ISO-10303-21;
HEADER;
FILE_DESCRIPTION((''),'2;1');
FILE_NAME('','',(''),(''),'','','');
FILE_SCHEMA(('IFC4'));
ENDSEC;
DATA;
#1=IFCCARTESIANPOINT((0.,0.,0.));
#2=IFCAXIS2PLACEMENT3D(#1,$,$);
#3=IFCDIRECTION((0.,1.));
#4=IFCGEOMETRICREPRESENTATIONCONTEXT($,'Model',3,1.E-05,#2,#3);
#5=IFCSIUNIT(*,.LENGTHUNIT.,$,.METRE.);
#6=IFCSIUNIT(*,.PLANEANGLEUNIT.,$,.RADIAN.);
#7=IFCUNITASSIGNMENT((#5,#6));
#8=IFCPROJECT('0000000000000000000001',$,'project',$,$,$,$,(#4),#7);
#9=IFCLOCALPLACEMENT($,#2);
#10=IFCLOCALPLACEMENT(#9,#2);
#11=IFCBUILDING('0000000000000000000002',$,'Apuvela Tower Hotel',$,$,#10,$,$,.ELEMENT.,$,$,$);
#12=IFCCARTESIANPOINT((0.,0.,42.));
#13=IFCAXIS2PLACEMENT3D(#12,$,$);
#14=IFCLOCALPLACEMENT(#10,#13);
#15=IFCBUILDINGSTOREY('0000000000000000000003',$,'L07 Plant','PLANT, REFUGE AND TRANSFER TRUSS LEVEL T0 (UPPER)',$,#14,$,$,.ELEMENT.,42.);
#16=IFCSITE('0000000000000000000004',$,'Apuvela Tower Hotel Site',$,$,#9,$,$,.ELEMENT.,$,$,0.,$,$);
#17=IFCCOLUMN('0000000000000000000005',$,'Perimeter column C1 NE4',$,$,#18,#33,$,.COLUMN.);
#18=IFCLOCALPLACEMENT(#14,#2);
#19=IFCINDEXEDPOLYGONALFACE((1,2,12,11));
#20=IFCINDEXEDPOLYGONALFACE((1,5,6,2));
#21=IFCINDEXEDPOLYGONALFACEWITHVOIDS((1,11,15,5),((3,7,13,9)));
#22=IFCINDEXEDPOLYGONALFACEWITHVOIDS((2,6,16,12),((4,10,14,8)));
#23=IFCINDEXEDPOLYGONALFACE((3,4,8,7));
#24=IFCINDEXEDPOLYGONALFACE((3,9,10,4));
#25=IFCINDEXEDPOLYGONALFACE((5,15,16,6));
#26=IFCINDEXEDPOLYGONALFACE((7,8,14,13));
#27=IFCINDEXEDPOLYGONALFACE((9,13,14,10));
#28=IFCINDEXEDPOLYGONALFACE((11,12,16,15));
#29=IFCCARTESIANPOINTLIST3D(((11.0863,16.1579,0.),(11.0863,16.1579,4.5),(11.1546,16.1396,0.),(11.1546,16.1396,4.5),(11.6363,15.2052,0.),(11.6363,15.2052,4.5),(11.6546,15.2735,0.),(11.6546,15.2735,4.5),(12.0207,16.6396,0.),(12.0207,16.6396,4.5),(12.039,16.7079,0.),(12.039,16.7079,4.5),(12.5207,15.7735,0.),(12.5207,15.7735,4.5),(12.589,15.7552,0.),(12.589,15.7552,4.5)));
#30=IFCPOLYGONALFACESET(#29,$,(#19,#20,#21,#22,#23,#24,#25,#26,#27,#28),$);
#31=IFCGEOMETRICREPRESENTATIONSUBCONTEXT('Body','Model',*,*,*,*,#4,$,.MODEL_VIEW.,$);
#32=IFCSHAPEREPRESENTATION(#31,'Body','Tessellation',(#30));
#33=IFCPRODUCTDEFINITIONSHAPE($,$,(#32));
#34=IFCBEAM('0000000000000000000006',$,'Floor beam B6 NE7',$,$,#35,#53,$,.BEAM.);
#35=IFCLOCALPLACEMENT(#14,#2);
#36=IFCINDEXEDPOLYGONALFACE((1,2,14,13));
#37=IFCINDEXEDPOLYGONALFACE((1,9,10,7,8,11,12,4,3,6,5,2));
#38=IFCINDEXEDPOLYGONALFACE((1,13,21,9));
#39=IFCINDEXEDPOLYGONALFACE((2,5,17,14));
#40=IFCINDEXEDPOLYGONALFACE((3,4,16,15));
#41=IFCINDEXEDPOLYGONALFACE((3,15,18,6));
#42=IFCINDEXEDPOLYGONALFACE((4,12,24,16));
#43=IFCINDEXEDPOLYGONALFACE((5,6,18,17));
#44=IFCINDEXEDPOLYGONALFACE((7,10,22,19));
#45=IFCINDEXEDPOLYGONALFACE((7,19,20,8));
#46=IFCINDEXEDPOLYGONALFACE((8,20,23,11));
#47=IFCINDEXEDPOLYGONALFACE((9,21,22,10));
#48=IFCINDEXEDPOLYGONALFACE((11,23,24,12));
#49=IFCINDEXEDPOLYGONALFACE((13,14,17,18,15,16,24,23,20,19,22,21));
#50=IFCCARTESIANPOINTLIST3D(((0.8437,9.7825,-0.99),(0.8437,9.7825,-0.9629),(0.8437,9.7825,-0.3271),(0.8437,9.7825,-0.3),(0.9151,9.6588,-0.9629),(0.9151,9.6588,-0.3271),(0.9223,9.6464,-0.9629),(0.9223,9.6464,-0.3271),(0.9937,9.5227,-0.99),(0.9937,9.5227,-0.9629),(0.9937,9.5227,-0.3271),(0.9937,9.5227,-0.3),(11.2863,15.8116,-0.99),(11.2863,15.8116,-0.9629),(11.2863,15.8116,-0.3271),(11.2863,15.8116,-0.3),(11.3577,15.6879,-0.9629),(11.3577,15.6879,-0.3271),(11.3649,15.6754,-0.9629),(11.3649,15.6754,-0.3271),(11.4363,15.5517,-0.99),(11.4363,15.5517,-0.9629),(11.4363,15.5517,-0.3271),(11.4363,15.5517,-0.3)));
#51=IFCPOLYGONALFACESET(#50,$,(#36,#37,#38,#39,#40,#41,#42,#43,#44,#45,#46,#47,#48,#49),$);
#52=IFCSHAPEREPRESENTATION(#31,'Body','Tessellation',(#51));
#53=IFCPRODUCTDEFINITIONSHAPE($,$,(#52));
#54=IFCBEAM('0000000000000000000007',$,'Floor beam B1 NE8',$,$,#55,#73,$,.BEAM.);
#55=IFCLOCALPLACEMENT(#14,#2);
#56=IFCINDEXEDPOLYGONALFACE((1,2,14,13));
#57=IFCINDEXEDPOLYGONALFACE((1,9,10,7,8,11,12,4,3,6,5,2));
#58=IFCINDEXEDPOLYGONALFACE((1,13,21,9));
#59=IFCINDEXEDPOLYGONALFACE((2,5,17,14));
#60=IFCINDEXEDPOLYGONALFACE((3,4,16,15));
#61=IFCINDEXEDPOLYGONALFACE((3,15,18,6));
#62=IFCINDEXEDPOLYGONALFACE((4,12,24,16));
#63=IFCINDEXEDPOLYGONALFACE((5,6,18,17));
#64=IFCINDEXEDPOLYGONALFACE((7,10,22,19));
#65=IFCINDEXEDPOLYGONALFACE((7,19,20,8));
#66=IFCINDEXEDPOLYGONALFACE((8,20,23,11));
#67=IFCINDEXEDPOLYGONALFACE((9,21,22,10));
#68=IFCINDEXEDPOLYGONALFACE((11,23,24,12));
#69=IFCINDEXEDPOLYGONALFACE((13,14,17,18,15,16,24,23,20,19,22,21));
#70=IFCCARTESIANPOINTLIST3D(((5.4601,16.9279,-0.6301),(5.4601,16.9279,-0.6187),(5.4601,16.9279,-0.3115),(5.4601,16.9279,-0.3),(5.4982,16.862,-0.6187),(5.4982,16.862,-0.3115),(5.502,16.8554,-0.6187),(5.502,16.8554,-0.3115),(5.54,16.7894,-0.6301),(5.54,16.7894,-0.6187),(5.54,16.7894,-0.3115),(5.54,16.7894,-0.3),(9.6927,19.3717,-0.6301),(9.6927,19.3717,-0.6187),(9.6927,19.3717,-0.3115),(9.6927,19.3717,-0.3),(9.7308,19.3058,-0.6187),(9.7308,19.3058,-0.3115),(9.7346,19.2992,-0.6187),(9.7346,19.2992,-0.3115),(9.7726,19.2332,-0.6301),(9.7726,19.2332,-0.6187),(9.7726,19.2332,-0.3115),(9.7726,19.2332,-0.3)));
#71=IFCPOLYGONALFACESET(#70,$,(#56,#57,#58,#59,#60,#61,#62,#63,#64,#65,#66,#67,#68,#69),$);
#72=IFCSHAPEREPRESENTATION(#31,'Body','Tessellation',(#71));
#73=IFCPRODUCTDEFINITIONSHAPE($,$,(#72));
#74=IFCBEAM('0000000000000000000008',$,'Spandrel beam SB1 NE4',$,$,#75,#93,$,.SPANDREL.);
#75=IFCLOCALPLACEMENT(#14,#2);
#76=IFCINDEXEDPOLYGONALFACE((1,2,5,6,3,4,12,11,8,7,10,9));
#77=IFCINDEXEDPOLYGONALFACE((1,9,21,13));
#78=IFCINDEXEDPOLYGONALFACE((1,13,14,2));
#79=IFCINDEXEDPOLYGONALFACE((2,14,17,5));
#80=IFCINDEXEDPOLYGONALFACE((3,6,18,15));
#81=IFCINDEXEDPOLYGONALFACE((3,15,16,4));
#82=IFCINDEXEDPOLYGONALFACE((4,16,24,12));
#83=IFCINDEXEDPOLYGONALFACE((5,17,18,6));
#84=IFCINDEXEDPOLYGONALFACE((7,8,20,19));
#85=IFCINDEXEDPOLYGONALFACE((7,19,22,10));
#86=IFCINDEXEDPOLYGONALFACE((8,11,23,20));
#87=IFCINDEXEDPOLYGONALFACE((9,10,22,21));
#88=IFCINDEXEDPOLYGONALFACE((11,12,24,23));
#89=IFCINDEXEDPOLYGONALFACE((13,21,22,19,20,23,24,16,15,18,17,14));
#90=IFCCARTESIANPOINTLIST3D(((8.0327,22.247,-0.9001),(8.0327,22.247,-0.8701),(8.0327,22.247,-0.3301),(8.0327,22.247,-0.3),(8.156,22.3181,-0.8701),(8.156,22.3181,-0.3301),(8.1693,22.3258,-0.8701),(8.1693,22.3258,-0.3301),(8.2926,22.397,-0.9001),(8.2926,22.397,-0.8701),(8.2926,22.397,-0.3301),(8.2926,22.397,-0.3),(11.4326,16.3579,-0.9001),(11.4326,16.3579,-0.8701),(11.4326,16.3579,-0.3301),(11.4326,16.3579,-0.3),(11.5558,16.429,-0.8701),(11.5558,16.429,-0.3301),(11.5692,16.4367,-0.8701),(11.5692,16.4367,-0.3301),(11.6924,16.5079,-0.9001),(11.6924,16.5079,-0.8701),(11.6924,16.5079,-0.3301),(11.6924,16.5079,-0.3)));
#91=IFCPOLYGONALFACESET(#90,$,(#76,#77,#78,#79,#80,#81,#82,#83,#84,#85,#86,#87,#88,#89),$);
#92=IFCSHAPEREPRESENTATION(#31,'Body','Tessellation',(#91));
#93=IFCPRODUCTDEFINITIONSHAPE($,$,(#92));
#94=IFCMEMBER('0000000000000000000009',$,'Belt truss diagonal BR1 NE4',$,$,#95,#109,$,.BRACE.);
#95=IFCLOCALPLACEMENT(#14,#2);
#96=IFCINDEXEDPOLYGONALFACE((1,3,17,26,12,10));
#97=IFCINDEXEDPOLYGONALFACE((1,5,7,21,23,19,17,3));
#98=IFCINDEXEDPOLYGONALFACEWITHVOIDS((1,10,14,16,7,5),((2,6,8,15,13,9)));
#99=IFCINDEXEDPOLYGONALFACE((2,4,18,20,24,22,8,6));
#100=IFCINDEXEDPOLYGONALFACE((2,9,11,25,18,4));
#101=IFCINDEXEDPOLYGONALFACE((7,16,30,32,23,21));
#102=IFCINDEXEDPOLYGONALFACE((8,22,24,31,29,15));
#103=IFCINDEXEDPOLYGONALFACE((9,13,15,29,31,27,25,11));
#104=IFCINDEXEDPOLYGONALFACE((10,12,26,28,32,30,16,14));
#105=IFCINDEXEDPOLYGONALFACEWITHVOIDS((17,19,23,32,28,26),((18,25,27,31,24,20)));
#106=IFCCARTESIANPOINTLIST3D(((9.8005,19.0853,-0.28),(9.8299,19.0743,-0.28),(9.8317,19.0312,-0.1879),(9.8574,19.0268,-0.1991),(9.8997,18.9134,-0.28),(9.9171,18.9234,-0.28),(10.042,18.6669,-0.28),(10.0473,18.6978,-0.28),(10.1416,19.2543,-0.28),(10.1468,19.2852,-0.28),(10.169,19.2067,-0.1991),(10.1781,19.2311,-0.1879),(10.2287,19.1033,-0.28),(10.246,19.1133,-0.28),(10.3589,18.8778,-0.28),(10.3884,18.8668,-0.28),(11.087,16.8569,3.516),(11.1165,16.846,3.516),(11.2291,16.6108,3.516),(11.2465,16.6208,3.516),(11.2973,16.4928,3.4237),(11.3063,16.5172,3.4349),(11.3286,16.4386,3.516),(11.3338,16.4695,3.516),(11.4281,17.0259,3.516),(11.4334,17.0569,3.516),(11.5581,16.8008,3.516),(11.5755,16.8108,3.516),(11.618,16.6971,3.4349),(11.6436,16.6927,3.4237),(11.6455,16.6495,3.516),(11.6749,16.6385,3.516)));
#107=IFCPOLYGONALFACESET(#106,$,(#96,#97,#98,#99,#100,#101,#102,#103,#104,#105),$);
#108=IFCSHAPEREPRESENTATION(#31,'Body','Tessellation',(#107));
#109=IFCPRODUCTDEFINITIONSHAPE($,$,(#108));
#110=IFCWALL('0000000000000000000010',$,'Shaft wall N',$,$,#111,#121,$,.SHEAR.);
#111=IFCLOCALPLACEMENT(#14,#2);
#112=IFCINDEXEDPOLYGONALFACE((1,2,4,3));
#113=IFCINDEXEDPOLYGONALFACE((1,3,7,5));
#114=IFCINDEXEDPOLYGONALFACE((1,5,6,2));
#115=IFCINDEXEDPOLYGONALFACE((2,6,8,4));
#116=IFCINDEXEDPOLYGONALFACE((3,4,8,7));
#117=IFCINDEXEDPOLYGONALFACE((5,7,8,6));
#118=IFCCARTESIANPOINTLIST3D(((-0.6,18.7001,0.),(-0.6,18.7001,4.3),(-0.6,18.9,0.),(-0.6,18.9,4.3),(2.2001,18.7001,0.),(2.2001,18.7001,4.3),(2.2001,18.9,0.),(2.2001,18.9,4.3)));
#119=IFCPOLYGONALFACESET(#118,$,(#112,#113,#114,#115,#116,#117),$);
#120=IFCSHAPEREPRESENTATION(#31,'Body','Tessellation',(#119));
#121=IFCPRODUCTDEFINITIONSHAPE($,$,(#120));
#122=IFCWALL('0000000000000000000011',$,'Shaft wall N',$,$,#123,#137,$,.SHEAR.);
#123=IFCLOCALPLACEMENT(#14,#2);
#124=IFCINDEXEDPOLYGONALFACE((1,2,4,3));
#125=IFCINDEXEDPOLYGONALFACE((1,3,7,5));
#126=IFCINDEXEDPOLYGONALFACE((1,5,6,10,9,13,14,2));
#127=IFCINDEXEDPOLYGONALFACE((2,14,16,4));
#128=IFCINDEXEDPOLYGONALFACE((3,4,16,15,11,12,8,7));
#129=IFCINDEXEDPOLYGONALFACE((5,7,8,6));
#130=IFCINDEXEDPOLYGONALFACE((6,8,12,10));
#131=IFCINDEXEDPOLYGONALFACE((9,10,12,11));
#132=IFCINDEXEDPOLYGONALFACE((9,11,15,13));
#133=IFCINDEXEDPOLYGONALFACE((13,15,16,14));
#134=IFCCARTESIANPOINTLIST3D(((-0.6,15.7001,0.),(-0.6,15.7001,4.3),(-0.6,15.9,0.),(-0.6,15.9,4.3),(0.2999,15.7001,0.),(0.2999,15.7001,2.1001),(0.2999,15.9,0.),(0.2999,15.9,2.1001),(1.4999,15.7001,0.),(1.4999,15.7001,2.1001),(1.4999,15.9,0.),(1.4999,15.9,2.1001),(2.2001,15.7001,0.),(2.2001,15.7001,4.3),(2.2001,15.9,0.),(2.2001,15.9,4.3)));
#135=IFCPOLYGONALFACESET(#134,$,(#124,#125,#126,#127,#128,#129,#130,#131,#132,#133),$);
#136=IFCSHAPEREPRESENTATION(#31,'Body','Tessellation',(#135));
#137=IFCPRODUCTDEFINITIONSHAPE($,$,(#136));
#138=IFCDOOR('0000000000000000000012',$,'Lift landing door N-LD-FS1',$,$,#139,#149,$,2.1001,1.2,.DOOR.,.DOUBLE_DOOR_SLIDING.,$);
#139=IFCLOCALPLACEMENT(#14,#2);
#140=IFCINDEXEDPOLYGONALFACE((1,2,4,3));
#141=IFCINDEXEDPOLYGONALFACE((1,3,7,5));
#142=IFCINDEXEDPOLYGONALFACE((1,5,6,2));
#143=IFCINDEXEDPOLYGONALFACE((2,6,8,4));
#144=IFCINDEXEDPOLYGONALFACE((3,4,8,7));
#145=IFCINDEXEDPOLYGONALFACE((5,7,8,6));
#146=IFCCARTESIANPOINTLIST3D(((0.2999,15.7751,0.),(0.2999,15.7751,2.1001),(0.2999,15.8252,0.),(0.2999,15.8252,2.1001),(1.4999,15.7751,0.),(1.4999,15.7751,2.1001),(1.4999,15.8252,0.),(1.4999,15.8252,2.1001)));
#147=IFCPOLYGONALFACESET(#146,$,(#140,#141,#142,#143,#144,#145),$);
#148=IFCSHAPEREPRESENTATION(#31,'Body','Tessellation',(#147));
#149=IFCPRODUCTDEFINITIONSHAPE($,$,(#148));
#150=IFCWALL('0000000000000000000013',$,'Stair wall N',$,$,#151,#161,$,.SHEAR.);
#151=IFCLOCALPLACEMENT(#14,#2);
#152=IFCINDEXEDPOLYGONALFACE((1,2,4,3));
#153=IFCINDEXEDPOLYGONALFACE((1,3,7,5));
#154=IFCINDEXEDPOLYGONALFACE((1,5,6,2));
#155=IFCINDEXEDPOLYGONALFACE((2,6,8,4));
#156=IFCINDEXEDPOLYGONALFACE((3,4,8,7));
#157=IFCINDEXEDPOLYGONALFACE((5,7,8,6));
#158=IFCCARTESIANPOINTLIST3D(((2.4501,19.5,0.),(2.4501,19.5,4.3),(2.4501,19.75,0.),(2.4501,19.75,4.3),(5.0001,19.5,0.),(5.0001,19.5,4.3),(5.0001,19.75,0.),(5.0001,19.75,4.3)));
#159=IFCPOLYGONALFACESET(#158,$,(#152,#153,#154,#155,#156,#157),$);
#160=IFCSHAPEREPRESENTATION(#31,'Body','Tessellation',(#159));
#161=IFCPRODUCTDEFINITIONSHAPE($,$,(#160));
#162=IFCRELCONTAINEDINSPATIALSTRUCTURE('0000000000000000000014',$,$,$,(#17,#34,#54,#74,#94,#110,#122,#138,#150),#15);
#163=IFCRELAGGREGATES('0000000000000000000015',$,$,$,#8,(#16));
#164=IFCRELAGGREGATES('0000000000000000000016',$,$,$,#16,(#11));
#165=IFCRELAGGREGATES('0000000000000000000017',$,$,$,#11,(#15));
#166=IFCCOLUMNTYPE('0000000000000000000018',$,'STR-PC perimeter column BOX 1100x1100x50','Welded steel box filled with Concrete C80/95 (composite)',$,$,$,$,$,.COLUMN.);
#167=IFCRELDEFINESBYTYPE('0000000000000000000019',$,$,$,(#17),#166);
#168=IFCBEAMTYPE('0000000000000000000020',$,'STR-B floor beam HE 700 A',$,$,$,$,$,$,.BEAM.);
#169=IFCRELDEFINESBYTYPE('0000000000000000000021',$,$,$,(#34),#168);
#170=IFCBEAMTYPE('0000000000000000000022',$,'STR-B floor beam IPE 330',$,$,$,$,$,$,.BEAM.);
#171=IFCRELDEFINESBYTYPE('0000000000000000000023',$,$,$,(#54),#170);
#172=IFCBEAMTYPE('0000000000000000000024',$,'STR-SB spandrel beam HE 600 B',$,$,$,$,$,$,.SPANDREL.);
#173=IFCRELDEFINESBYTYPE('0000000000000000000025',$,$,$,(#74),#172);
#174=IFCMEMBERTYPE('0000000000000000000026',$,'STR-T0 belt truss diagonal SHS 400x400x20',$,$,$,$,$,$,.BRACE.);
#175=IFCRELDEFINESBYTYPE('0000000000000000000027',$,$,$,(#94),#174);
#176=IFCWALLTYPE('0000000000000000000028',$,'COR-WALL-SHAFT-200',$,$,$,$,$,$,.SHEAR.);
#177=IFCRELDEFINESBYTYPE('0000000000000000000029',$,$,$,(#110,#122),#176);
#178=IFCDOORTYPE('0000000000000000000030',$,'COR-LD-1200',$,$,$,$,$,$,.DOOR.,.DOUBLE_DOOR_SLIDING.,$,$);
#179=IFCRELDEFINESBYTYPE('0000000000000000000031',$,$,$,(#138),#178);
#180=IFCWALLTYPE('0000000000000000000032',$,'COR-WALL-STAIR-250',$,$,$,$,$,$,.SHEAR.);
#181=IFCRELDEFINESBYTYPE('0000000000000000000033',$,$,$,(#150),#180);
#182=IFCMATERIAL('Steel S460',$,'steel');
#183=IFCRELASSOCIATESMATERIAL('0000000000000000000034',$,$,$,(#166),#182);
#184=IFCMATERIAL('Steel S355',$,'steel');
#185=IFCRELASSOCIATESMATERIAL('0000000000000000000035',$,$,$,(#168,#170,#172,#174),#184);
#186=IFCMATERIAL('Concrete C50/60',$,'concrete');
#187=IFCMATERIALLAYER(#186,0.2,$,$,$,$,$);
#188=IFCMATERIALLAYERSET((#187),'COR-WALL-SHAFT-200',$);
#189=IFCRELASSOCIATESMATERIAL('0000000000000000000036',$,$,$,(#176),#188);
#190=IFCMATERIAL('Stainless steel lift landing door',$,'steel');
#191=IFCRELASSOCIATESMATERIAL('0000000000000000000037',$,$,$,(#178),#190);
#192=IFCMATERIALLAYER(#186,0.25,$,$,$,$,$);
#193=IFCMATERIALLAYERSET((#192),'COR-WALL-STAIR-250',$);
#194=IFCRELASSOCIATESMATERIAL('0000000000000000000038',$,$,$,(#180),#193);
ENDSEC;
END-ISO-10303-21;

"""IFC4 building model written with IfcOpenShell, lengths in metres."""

from ifc_helpers import new_model, si_unit, direction, frame, frame_2d, origin, origin_2d, place, context, subcontext, project, spatial, rectangle, hollow_rectangle, i_section, extrude, boolean, halfspace, material, layer, layer_set, material_profile, profile_set, type_object, element, fill, save


model = new_model("IFC4")

# Units and contexts
model_context = context("Model", 3, precision=1e-05, world=origin(), true_north=direction((0.0, 1.0)))
body_context = subcontext(model_context, "Body", "Model", "MODEL_VIEW")
ifc_project = project(units=[si_unit("LENGTHUNIT", "METRE"), si_unit("PLANEANGLEUNIT", "RADIAN")], contexts=[model_context])

# Site, building, storey
site_placement = place(None, origin())
site = spatial("IfcSite", under=ifc_project, at=site_placement, Name="Apuvela Tower Hotel Site", CompositionType="ELEMENT", RefElevation=0.0)
building_placement = place(site_placement, origin())
building = spatial("IfcBuilding", under=site, at=building_placement, Name="Apuvela Tower Hotel", CompositionType="ELEMENT")
storey_placement = place(building_placement, frame((0.0, 0.0, 42.0)))
storey = spatial("IfcBuildingStorey", under=building, at=storey_placement, Name="L07 Plant", Description="PLANT, REFUGE AND TRANSFER TRUSS LEVEL T0 (UPPER)", CompositionType="ELEMENT", Elevation=42.0)

# Column
ifc_material_1 = material(Name="Steel S460", Category="steel")
ifc_material_profile_1 = material_profile(ifc_material_1, hollow_rectangle(XDim=1.1001, YDim=1.1001, WallThickness=0.05, at=origin_2d()), Name="BOX 1100x1100x50")
ifc_material_2 = material(Name="Concrete C80/95", Category="concrete")
ifc_material_profile_2 = material_profile(ifc_material_2, rectangle(XDim=1.0, YDim=1.0, at=origin_2d()), Name="Concrete C80/95 infill")
ifc_profile_set_1 = profile_set([ifc_material_profile_1, ifc_material_profile_2], Name="Steel S460")
column_type = type_object("IfcColumnType", Name="STR-PC perimeter column BOX 1100x1100x50", Description="Welded steel box filled with Concrete C80/95 (composite)", PredefinedType="COLUMN", material=ifc_profile_set_1)
column_placement = place(storey_placement, frame((11.8376, 15.9565, 0.0), z_axis=(0.0, 0.0, 1.0), x_axis=(-0.5, 0.866025, 0.0)))
element("IfcColumn", 1, at=column_placement, inside=storey, type_object=column_type, Name="Perimeter column C1 NE4", PredefinedType="COLUMN", context=body_context, shape_type="SweptSolid", body=[
    extrude(hollow_rectangle(XDim=1.1001, YDim=1.1001, WallThickness=0.05, at=origin_2d()), origin(), (0.0, 0.0, 1.0), 4.5),
])

# Beams
ifc_material_3 = material(Name="Steel S355", Category="steel")
ifc_material_profile_3 = material_profile(ifc_material_3, i_section(OverallWidth=0.3, OverallDepth=0.6899, WebThickness=0.0144, FlangeThickness=0.0271, at=origin_2d()), Name="HE 700 A")
ifc_profile_set_2 = profile_set([ifc_material_profile_3], Name="Steel S355")
beam_type_1 = type_object("IfcBeamType", Name="STR-B floor beam HE 700 A", PredefinedType="BEAM", material=ifc_profile_set_2)
beam_1_placement = place(storey_placement, frame((11.3613, 15.6816, -0.645), z_axis=(-0.866025, -0.5, 0.0), x_axis=(0.5, -0.866025, 0.0)))
element("IfcBeam", 2, at=beam_1_placement, inside=storey, type_object=beam_type_1, Name="Floor beam B6 NE7", PredefinedType="BEAM", context=body_context, shape_type="SweptSolid", body=[
    extrude(i_section(OverallWidth=0.3, OverallDepth=0.6899, WebThickness=0.0144, FlangeThickness=0.0271, at=origin_2d()), origin(), (0.0, 0.0, 1.0), 12.0581),
])
ifc_material_profile_4 = material_profile(ifc_material_3, i_section(OverallWidth=0.1599, OverallDepth=0.3301, WebThickness=0.0076, FlangeThickness=0.0115, at=origin_2d()), Name="IPE 330")
ifc_profile_set_3 = profile_set([ifc_material_profile_4], Name="Steel S355")
beam_type_2 = type_object("IfcBeamType", Name="STR-B floor beam IPE 330", PredefinedType="BEAM", material=ifc_profile_set_3)
beam_2_placement = place(storey_placement, frame((9.7327, 19.3025, -0.4651), z_axis=(-0.866015, -0.500018, 0.0), x_axis=(0.500018, -0.866015, 0.0)))
element("IfcBeam", 3, at=beam_2_placement, inside=storey, type_object=beam_type_2, Name="Floor beam B1 NE8", PredefinedType="BEAM", context=body_context, shape_type="SweptSolid", body=[
    extrude(i_section(OverallWidth=0.1599, OverallDepth=0.3301, WebThickness=0.0076, FlangeThickness=0.0115, at=origin_2d()), origin(), (0.0, 0.0, 1.0), 4.8875),
])
ifc_material_profile_5 = material_profile(ifc_material_3, i_section(OverallWidth=0.3, OverallDepth=0.6001, WebThickness=0.0154, FlangeThickness=0.03, at=origin_2d()), Name="HE 600 B")
ifc_profile_set_4 = profile_set([ifc_material_profile_5], Name="Steel S355")
beam_type_3 = type_object("IfcBeamType", Name="STR-SB spandrel beam HE 600 B", PredefinedType="SPANDREL", material=ifc_profile_set_4)
beam_3_placement = place(storey_placement, frame((11.5625, 16.4329, -0.6001), z_axis=(-0.499977, 0.866039, 0.0), x_axis=(-0.866039, -0.499977, 0.0)))
element("IfcBeam", 4, at=beam_3_placement, inside=storey, type_object=beam_type_3, Name="Spandrel beam SB1 NE4", PredefinedType="SPANDREL", context=body_context, shape_type="SweptSolid", body=[
    extrude(i_section(OverallWidth=0.3, OverallDepth=0.6001, WebThickness=0.0154, FlangeThickness=0.03, at=origin_2d()), origin(), (0.0, 0.0, 1.0), 6.8),
])

# Member
ifc_material_profile_6 = material_profile(ifc_material_3, hollow_rectangle(XDim=0.3999, YDim=0.3999, WallThickness=0.02, at=origin_2d()), Name="SHS 400x400x20")
ifc_profile_set_5 = profile_set([ifc_material_profile_6], Name="Steel S355")
member_type = type_object("IfcMemberType", Name="STR-T0 belt truss diagonal SHS 400x400x20", PredefinedType="BRACE", material=ifc_profile_set_5)
member_placement = place(storey_placement, frame((10.0876, 18.9878, -0.3), z_axis=(0.280541, -0.485902, 0.827766), x_axis=(-0.413889, 0.716863, 0.561073)))
solid = boolean("DIFFERENCE", boolean("DIFFERENCE", extrude(hollow_rectangle(XDim=0.3999, YDim=0.3999, WallThickness=0.02, at=origin_2d()), frame((0.0, 0.0, -0.2556)), (0.0, 0.0, 1.0), 5.1453), halfspace(frame((0.0, 0.0, 0.0242), z_axis=(0.561073, 0.0, 0.827766), x_axis=(0.827766, 0.0, -0.561073)), True)), halfspace(frame((0.0, 0.0, 4.6101), z_axis=(0.561073, 0.0, 0.827766), x_axis=(0.827766, 0.0, -0.561073)), False))
element("IfcMember", 5, at=member_placement, inside=storey, type_object=member_type, Name="Belt truss diagonal BR1 NE4", PredefinedType="BRACE", context=body_context, shape_type="SweptSolid", body=[
    boolean("UNION", boolean("DIFFERENCE", boolean("DIFFERENCE", extrude(hollow_rectangle(XDim=0.3999, YDim=0.3999, WallThickness=0.02, at=origin_2d()), origin(), (0.0, 0.0, 1.0), 4.634), halfspace(frame((0.0, 0.0, 0.0242), z_axis=(0.561073, 0.0, 0.827766), x_axis=(0.827766, 0.0, -0.561073)), True)), halfspace(frame((0.0, 0.0, 4.6101), z_axis=(0.561073, 0.0, 0.827766), x_axis=(0.827766, 0.0, -0.561073)), False)), solid),
])

# Wall
ifc_material_4 = material(Name="Concrete C50/60", Category="concrete")
ifc_layer_1 = layer(ifc_material_4, 0.2)
ifc_layer_set_1 = layer_set([ifc_layer_1], Name="COR-WALL-SHAFT-200")
wall_type_1 = type_object("IfcWallType", Name="COR-WALL-SHAFT-200", PredefinedType="SHEAR", material=ifc_layer_set_1)
wall_1_placement = place(storey_placement, frame((2.2, 18.8, 0.0), z_axis=(0.0, 0.0, 1.0), x_axis=(-1.0, 0.0, 0.0)))
element("IfcWall", 6, at=wall_1_placement, inside=storey, type_object=wall_type_1, Name="Shaft wall N", PredefinedType="SHEAR", context=body_context, shape_type="SweptSolid", body=[
    extrude(rectangle(XDim=2.8, YDim=0.2, at=frame_2d((1.3999, 0.0))), origin(), (0.0, 0.0, 1.0), 4.3),
])

# Wall, opening, door
wall_2_placement = place(storey_placement, frame((2.2, 15.8, 0.0), z_axis=(0.0, 0.0, 1.0), x_axis=(-1.0, 0.0, 0.0)))
wall_2 = element("IfcWall", 7, at=wall_2_placement, inside=storey, type_object=wall_type_1, Name="Shaft wall N", PredefinedType="SHEAR", context=body_context, shape_type="SweptSolid", body=[
    extrude(rectangle(XDim=2.8, YDim=0.2, at=frame_2d((1.3999, 0.0))), origin(), (0.0, 0.0, 1.0), 4.3),
])
opening_placement = place(wall_2_placement, frame((0.7, 0.0, 0.0)))
opening = element("IfcOpeningElement", 8, at=opening_placement, cuts=wall_2, PredefinedType="OPENING", context=body_context, shape_type="SweptSolid", body=[
    extrude(rectangle(XDim=1.2, YDim=2.1001, at=frame_2d((0.6001, 1.05))), frame((0.0, 0.1099, 0.0), z_axis=(0.0, -1.0, 0.0), x_axis=(1.0, 0.0, 0.0)), (0.0, 0.0, 1.0), 0.22),
])
ifc_material_5 = material(Name="Stainless steel lift landing door", Category="steel")
door_type = type_object("IfcDoorType", Name="COR-LD-1200", OperationType="DOUBLE_DOOR_SLIDING", PredefinedType="DOOR", material=ifc_material_5)
door_placement = place(opening_placement, origin())
door = element("IfcDoor", 9, at=door_placement, inside=storey, type_object=door_type, Name="Lift landing door N-LD-FS1", OperationType="DOUBLE_DOOR_SLIDING", OverallHeight=2.1001, OverallWidth=1.2, PredefinedType="DOOR", context=body_context, shape_type="SweptSolid", body=[
    extrude(rectangle(XDim=1.2, YDim=2.1001, at=frame_2d((0.6001, 1.05))), frame((0.0, 0.0249, 0.0), z_axis=(0.0, -1.0, 0.0), x_axis=(1.0, 0.0, 0.0)), (0.0, 0.0, 1.0), 0.05),
])
fill(opening, door)

# Wall
ifc_layer_2 = layer(ifc_material_4, 0.25)
ifc_layer_set_2 = layer_set([ifc_layer_2], Name="COR-WALL-STAIR-250")
wall_type_2 = type_object("IfcWallType", Name="COR-WALL-STAIR-250", PredefinedType="SHEAR", material=ifc_layer_set_2)
wall_3_placement = place(storey_placement, frame((5.0, 19.625, 0.0), z_axis=(0.0, 0.0, 1.0), x_axis=(-1.0, 0.0, 0.0)))
element("IfcWall", 10, at=wall_3_placement, inside=storey, type_object=wall_type_2, Name="Stair wall N", PredefinedType="SHEAR", context=body_context, shape_type="SweptSolid", body=[
    extrude(rectangle(XDim=2.55, YDim=0.25, at=frame_2d((1.2749, 0.0))), origin(), (0.0, 0.0, 1.0), 4.3),
])

save(model, "model.ifc")
